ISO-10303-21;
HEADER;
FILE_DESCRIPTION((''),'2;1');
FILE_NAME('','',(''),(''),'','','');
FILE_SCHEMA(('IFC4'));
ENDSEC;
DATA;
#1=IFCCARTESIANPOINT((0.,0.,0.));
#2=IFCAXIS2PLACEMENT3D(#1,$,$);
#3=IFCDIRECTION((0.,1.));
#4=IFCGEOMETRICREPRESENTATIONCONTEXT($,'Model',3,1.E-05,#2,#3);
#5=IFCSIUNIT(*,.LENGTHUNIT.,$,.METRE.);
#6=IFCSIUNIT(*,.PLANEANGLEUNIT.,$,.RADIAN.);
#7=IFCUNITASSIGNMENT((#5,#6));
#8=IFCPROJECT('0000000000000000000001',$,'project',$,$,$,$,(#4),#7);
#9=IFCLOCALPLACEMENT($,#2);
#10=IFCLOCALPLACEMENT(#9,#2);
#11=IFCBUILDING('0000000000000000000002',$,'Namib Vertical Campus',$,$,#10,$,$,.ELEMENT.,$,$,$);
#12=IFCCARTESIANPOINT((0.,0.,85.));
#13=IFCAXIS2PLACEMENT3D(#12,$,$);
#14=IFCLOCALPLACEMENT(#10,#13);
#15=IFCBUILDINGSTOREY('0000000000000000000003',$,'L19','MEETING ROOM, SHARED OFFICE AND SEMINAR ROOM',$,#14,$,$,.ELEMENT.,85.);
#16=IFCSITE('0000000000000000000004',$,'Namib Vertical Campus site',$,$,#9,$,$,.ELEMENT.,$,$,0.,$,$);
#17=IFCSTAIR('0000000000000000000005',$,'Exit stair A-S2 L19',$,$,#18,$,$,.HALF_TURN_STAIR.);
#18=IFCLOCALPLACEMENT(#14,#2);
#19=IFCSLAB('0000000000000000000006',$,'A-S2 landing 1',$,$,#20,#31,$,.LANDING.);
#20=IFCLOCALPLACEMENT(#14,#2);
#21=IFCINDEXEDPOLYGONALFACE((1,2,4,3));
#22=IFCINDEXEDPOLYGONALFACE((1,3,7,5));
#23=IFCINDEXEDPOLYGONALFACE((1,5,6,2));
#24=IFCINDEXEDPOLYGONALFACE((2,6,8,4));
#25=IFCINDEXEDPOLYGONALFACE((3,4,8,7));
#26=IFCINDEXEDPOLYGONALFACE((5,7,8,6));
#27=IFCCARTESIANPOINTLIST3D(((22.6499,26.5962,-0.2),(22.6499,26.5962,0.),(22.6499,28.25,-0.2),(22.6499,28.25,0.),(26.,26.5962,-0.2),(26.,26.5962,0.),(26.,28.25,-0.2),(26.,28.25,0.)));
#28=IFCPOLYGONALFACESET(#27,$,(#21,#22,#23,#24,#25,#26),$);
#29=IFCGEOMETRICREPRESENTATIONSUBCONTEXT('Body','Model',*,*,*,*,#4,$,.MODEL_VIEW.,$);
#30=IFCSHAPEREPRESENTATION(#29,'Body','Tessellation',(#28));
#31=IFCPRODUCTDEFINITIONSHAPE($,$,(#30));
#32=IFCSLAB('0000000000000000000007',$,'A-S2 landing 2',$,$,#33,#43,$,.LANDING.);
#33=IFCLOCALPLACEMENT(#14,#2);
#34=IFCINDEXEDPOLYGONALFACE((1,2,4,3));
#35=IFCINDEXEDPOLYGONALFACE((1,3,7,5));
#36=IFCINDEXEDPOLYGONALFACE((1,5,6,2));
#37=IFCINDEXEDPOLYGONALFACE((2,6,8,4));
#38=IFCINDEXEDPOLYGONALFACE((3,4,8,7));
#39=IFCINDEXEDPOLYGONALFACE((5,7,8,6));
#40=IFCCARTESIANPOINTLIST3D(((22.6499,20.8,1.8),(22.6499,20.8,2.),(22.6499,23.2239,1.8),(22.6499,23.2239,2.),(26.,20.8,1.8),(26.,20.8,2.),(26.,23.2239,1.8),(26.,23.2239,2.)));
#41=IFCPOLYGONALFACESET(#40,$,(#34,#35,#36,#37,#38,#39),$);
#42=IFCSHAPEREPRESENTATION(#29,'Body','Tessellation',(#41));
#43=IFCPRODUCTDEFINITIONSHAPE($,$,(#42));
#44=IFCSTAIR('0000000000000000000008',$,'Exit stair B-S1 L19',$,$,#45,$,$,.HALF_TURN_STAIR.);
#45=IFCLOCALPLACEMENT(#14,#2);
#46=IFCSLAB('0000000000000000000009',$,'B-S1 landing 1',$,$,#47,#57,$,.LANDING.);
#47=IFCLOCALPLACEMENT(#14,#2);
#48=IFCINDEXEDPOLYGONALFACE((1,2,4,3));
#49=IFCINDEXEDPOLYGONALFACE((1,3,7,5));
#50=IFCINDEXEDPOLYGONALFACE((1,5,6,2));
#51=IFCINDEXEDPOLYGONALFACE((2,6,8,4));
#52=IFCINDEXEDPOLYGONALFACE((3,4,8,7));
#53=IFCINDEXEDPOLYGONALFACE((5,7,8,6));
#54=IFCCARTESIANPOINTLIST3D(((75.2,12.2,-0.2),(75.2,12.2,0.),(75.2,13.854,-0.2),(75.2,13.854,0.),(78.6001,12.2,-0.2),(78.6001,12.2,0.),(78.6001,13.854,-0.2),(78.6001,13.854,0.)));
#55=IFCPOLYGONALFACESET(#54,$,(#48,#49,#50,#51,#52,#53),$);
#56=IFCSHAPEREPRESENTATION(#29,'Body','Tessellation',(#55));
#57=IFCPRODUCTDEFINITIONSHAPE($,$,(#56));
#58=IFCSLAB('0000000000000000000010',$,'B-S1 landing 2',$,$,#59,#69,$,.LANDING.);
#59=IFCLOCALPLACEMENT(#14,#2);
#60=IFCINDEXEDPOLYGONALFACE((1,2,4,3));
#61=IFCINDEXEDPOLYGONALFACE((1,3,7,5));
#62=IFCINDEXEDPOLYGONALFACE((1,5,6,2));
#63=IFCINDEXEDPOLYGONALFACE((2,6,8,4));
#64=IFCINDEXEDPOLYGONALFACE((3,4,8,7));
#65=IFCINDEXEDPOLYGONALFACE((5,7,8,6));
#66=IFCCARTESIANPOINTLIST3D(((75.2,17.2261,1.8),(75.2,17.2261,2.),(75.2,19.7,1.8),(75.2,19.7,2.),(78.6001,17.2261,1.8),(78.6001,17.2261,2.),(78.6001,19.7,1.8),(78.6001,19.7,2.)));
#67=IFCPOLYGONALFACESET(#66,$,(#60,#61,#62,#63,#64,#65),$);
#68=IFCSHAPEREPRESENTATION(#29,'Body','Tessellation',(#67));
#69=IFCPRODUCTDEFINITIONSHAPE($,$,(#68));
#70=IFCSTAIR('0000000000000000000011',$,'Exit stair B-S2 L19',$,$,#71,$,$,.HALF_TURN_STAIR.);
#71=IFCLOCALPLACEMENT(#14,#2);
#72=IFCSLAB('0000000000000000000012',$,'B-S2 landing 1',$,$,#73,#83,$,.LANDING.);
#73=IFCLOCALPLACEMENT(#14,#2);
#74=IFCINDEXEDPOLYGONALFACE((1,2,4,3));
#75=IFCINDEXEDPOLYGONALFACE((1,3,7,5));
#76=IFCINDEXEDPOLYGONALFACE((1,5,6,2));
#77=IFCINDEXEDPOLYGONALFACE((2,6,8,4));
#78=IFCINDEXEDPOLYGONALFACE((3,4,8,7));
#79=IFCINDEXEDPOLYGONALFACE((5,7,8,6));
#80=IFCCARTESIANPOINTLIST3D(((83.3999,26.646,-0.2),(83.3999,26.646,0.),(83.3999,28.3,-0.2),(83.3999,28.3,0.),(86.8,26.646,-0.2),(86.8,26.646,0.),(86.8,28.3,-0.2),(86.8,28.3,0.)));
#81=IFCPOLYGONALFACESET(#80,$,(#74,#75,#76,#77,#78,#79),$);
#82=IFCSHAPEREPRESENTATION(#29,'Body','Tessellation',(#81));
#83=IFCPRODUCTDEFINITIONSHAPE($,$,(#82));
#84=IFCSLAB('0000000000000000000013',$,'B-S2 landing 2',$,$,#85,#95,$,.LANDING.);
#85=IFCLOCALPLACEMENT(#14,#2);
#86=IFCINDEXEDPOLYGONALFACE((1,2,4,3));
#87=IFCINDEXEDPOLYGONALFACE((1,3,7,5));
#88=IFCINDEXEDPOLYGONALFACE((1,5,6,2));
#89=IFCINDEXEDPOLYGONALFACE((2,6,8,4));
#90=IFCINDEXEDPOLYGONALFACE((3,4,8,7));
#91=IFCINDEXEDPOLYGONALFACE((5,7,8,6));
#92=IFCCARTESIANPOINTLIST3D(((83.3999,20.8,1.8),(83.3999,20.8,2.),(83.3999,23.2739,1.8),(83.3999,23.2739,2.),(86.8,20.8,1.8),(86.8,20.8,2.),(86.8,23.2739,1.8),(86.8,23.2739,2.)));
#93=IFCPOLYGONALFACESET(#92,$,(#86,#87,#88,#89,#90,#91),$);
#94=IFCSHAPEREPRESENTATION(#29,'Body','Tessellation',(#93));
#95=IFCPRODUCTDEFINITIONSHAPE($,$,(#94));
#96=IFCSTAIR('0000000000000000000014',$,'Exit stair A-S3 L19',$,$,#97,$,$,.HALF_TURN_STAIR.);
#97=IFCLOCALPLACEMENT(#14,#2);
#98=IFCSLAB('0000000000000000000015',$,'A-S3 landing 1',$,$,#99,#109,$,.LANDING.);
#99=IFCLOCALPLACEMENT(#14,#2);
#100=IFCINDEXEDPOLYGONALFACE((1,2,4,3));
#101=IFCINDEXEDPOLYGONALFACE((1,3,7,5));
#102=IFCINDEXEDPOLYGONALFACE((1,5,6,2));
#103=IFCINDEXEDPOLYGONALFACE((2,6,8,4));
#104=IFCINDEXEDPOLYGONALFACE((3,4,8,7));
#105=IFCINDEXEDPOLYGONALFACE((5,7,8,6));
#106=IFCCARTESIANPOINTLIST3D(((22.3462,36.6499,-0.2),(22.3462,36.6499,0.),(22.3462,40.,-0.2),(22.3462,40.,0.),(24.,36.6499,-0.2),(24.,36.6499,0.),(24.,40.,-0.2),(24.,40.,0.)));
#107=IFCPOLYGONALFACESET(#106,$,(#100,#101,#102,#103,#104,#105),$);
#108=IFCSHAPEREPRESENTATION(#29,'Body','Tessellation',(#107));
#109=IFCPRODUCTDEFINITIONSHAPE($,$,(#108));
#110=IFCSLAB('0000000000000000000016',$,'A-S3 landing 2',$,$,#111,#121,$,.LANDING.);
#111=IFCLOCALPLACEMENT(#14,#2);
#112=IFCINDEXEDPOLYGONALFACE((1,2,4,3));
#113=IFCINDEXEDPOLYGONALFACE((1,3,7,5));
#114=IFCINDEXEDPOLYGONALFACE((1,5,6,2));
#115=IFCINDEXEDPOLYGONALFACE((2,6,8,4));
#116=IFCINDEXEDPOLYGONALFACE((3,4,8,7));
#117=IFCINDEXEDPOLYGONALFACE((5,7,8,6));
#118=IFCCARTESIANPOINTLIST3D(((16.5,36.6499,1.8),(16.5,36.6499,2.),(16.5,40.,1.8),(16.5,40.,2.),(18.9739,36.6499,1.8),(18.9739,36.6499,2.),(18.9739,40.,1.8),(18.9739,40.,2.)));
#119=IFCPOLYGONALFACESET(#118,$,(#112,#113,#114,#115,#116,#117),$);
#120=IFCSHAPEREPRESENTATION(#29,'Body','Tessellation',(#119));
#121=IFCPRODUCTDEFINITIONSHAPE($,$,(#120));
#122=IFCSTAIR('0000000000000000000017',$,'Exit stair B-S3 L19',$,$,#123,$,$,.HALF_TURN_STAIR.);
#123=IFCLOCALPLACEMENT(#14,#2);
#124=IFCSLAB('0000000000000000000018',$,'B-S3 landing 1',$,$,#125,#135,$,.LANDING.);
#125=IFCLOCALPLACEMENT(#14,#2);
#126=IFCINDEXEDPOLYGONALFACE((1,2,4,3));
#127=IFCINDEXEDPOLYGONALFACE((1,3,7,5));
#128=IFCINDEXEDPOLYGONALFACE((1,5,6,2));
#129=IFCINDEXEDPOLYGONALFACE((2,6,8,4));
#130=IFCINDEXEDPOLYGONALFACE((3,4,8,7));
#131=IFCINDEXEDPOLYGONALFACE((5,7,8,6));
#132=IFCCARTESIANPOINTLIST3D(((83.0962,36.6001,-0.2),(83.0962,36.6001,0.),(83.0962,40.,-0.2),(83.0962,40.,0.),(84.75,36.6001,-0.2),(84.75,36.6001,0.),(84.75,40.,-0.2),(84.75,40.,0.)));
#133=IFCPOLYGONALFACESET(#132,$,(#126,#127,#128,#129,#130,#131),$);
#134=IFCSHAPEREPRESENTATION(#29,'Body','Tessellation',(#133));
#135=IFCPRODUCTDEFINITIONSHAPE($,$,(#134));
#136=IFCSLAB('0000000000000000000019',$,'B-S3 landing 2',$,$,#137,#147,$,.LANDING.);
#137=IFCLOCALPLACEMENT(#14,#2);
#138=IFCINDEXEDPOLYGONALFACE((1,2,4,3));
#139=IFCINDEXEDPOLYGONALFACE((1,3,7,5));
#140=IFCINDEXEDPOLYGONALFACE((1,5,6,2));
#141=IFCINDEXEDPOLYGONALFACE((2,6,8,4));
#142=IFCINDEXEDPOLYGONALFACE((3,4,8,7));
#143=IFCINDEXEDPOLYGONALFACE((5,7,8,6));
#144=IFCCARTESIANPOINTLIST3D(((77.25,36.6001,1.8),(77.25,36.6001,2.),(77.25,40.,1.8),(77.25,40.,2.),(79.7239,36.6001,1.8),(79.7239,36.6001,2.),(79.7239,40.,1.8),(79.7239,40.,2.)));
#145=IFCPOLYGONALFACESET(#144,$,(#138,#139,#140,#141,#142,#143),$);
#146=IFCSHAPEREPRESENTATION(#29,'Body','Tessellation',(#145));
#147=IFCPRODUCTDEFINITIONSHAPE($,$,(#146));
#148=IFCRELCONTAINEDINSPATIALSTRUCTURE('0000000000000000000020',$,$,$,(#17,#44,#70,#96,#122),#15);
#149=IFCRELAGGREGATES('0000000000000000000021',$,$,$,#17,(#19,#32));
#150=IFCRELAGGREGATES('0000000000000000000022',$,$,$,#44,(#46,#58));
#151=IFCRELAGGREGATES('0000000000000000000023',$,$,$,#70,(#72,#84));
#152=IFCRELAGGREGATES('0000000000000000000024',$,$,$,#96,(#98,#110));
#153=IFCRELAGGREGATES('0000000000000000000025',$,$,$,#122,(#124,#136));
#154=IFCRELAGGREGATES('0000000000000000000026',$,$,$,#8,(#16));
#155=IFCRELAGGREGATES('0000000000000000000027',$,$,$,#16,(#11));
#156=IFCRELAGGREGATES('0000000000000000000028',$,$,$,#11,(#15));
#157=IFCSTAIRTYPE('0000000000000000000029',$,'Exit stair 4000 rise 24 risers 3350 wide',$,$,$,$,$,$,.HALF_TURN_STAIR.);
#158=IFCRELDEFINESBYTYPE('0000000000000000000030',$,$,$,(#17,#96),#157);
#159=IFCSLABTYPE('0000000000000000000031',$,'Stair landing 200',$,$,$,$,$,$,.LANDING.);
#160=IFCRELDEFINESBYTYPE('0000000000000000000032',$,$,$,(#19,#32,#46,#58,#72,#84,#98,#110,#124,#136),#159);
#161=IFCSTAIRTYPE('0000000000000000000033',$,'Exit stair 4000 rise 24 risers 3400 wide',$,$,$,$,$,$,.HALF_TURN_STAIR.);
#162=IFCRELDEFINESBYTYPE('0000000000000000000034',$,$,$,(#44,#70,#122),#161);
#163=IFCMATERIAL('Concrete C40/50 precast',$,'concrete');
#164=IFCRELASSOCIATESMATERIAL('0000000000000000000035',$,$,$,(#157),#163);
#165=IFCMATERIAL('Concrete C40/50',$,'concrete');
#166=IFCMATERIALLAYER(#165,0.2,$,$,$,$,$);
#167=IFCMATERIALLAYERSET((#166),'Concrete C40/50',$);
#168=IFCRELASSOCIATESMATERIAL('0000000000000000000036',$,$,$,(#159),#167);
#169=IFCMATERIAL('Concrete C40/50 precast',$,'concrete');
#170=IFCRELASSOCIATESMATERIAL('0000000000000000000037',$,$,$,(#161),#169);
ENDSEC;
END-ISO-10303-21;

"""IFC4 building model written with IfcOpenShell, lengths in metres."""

from ifc_helpers import new_model, si_unit, direction, frame, origin, place, context, subcontext, project, spatial, polyline, outline, extrude, material, layer, layer_set, type_object, element, aggregate, save


model = new_model("IFC4")

# Units and contexts
model_context = context("Model", 3, precision=1e-05, world=origin(), true_north=direction((0.0, 1.0)))
body_context = subcontext(model_context, "Body", "Model", "MODEL_VIEW")
ifc_project = project(units=[si_unit("LENGTHUNIT", "METRE"), si_unit("PLANEANGLEUNIT", "RADIAN")], contexts=[model_context])

# Site, building, storey
site_placement = place(None, origin())
site = spatial("IfcSite", under=ifc_project, at=site_placement, Name="Namib Vertical Campus site", CompositionType="ELEMENT", RefElevation=0.0)
building_placement = place(site_placement, origin())
building = spatial("IfcBuilding", under=site, at=building_placement, Name="Namib Vertical Campus", CompositionType="ELEMENT")
storey_placement = place(building_placement, frame((0.0, 0.0, 85.0)))
storey = spatial("IfcBuildingStorey", under=building, at=storey_placement, Name="L19", Description="MEETING ROOM, SHARED OFFICE AND SEMINAR ROOM", CompositionType="ELEMENT", Elevation=85.0)

# Stairs, slabs
ifc_material_1 = material(Name="Concrete C40/50 precast", Category="concrete")
stair_type_1 = type_object("IfcStairType", Name="Exit stair 4000 rise 24 risers 3350 wide", PredefinedType="HALF_TURN_STAIR", material=ifc_material_1)
ifc_material_2 = material(Name="Concrete C40/50", Category="concrete")
ifc_layer_1 = layer(ifc_material_2, 0.2)
ifc_layer_set_1 = layer_set([ifc_layer_1], Name="Concrete C40/50")
slab_type_1 = type_object("IfcSlabType", Name="Stair landing 200", PredefinedType="LANDING", material=ifc_layer_set_1)
stair_1_placement = place(storey_placement, origin())
stair_1 = element("IfcStair", 1, at=stair_1_placement, inside=storey, type_object=stair_type_1, Name="Exit stair A-S2 L19", PredefinedType="HALF_TURN_STAIR")
slab_1_placement = place(storey_placement, frame((0.0, 0.0, -0.2)))
slab_1 = element("IfcSlab", 2, at=slab_1_placement, type_object=slab_type_1, Name="A-S2 landing 1", PredefinedType="LANDING", context=body_context, shape_type="SweptSolid", body=[
    extrude(outline(polyline([(22.6499, 26.5962), (26.0, 26.5962), (26.0, 28.25), (22.6499, 28.25), (22.6499, 26.5962)])), origin(), (0.0, 0.0, 1.0), 0.2),
])
slab_2_placement = place(storey_placement, frame((0.0, 0.0, 1.8)))
slab_2 = element("IfcSlab", 3, at=slab_2_placement, type_object=slab_type_1, Name="A-S2 landing 2", PredefinedType="LANDING", context=body_context, shape_type="SweptSolid", body=[
    extrude(outline(polyline([(22.6499, 20.8), (26.0, 20.8), (26.0, 23.2239), (22.6499, 23.2239), (22.6499, 20.8)])), origin(), (0.0, 0.0, 1.0), 0.2),
])
aggregate(stair_1, [slab_1, slab_2])
ifc_material_3 = material(Name="Concrete C40/50 precast", Category="concrete")
stair_type_2 = type_object("IfcStairType", Name="Exit stair 4000 rise 24 risers 3400 wide", PredefinedType="HALF_TURN_STAIR", material=ifc_material_3)
stair_2_placement = place(storey_placement, origin())
stair_2 = element("IfcStair", 4, at=stair_2_placement, inside=storey, type_object=stair_type_2, Name="Exit stair B-S1 L19", PredefinedType="HALF_TURN_STAIR")
slab_3_placement = place(storey_placement, frame((0.0, 0.0, -0.2)))
slab_3 = element("IfcSlab", 5, at=slab_3_placement, type_object=slab_type_1, Name="B-S1 landing 1", PredefinedType="LANDING", context=body_context, shape_type="SweptSolid", body=[
    extrude(outline(polyline([(75.2, 12.2), (78.6001, 12.2), (78.6001, 13.854), (75.2, 13.854), (75.2, 12.2)])), origin(), (0.0, 0.0, 1.0), 0.2),
])
slab_4_placement = place(storey_placement, frame((0.0, 0.0, 1.8)))
slab_4 = element("IfcSlab", 6, at=slab_4_placement, type_object=slab_type_1, Name="B-S1 landing 2", PredefinedType="LANDING", context=body_context, shape_type="SweptSolid", body=[
    extrude(outline(polyline([(75.2, 17.2261), (78.6001, 17.2261), (78.6001, 19.7), (75.2, 19.7), (75.2, 17.2261)])), origin(), (0.0, 0.0, 1.0), 0.2),
])
aggregate(stair_2, [slab_3, slab_4])
stair_3_placement = place(storey_placement, origin())
stair_3 = element("IfcStair", 7, at=stair_3_placement, inside=storey, type_object=stair_type_2, Name="Exit stair B-S2 L19", PredefinedType="HALF_TURN_STAIR")
slab_5_placement = place(storey_placement, frame((0.0, 0.0, -0.2)))
slab_5 = element("IfcSlab", 8, at=slab_5_placement, type_object=slab_type_1, Name="B-S2 landing 1", PredefinedType="LANDING", context=body_context, shape_type="SweptSolid", body=[
    extrude(outline(polyline([(83.3999, 26.646), (86.8, 26.646), (86.8, 28.3), (83.3999, 28.3), (83.3999, 26.646)])), origin(), (0.0, 0.0, 1.0), 0.2),
])
slab_6_placement = place(storey_placement, frame((0.0, 0.0, 1.8)))
slab_6 = element("IfcSlab", 9, at=slab_6_placement, type_object=slab_type_1, Name="B-S2 landing 2", PredefinedType="LANDING", context=body_context, shape_type="SweptSolid", body=[
    extrude(outline(polyline([(83.3999, 20.8), (86.8, 20.8), (86.8, 23.2739), (83.3999, 23.2739), (83.3999, 20.8)])), origin(), (0.0, 0.0, 1.0), 0.2),
])
aggregate(stair_3, [slab_5, slab_6])
stair_4_placement = place(storey_placement, origin())
stair_4 = element("IfcStair", 10, at=stair_4_placement, inside=storey, type_object=stair_type_1, Name="Exit stair A-S3 L19", PredefinedType="HALF_TURN_STAIR")
slab_7_placement = place(storey_placement, frame((0.0, 0.0, -0.2)))
slab_7 = element("IfcSlab", 11, at=slab_7_placement, type_object=slab_type_1, Name="A-S3 landing 1", PredefinedType="LANDING", context=body_context, shape_type="SweptSolid", body=[
    extrude(outline(polyline([(22.3462, 36.6499), (22.3462, 40.0), (24.0, 40.0), (24.0, 36.6499), (22.3462, 36.6499)])), origin(), (0.0, 0.0, 1.0), 0.2),
])
slab_8_placement = place(storey_placement, frame((0.0, 0.0, 1.8)))
slab_8 = element("IfcSlab", 12, at=slab_8_placement, type_object=slab_type_1, Name="A-S3 landing 2", PredefinedType="LANDING", context=body_context, shape_type="SweptSolid", body=[
    extrude(outline(polyline([(16.5, 36.6499), (16.5, 40.0), (18.9739, 40.0), (18.9739, 36.6499), (16.5, 36.6499)])), origin(), (0.0, 0.0, 1.0), 0.2),
])
aggregate(stair_4, [slab_7, slab_8])
stair_5_placement = place(storey_placement, origin())
stair_5 = element("IfcStair", 13, at=stair_5_placement, inside=storey, type_object=stair_type_2, Name="Exit stair B-S3 L19", PredefinedType="HALF_TURN_STAIR")
slab_9_placement = place(storey_placement, frame((0.0, 0.0, -0.2)))
slab_9 = element("IfcSlab", 14, at=slab_9_placement, type_object=slab_type_1, Name="B-S3 landing 1", PredefinedType="LANDING", context=body_context, shape_type="SweptSolid", body=[
    extrude(outline(polyline([(83.0962, 36.6001), (83.0962, 40.0), (84.75, 40.0), (84.75, 36.6001), (83.0962, 36.6001)])), origin(), (0.0, 0.0, 1.0), 0.2),
])
slab_10_placement = place(storey_placement, frame((0.0, 0.0, 1.8)))
slab_10 = element("IfcSlab", 15, at=slab_10_placement, type_object=slab_type_1, Name="B-S3 landing 2", PredefinedType="LANDING", context=body_context, shape_type="SweptSolid", body=[
    extrude(outline(polyline([(77.25, 36.6001), (77.25, 40.0), (79.7239, 40.0), (79.7239, 36.6001), (77.25, 36.6001)])), origin(), (0.0, 0.0, 1.0), 0.2),
])
aggregate(stair_5, [slab_9, slab_10])

save(model, "model.ifc")
